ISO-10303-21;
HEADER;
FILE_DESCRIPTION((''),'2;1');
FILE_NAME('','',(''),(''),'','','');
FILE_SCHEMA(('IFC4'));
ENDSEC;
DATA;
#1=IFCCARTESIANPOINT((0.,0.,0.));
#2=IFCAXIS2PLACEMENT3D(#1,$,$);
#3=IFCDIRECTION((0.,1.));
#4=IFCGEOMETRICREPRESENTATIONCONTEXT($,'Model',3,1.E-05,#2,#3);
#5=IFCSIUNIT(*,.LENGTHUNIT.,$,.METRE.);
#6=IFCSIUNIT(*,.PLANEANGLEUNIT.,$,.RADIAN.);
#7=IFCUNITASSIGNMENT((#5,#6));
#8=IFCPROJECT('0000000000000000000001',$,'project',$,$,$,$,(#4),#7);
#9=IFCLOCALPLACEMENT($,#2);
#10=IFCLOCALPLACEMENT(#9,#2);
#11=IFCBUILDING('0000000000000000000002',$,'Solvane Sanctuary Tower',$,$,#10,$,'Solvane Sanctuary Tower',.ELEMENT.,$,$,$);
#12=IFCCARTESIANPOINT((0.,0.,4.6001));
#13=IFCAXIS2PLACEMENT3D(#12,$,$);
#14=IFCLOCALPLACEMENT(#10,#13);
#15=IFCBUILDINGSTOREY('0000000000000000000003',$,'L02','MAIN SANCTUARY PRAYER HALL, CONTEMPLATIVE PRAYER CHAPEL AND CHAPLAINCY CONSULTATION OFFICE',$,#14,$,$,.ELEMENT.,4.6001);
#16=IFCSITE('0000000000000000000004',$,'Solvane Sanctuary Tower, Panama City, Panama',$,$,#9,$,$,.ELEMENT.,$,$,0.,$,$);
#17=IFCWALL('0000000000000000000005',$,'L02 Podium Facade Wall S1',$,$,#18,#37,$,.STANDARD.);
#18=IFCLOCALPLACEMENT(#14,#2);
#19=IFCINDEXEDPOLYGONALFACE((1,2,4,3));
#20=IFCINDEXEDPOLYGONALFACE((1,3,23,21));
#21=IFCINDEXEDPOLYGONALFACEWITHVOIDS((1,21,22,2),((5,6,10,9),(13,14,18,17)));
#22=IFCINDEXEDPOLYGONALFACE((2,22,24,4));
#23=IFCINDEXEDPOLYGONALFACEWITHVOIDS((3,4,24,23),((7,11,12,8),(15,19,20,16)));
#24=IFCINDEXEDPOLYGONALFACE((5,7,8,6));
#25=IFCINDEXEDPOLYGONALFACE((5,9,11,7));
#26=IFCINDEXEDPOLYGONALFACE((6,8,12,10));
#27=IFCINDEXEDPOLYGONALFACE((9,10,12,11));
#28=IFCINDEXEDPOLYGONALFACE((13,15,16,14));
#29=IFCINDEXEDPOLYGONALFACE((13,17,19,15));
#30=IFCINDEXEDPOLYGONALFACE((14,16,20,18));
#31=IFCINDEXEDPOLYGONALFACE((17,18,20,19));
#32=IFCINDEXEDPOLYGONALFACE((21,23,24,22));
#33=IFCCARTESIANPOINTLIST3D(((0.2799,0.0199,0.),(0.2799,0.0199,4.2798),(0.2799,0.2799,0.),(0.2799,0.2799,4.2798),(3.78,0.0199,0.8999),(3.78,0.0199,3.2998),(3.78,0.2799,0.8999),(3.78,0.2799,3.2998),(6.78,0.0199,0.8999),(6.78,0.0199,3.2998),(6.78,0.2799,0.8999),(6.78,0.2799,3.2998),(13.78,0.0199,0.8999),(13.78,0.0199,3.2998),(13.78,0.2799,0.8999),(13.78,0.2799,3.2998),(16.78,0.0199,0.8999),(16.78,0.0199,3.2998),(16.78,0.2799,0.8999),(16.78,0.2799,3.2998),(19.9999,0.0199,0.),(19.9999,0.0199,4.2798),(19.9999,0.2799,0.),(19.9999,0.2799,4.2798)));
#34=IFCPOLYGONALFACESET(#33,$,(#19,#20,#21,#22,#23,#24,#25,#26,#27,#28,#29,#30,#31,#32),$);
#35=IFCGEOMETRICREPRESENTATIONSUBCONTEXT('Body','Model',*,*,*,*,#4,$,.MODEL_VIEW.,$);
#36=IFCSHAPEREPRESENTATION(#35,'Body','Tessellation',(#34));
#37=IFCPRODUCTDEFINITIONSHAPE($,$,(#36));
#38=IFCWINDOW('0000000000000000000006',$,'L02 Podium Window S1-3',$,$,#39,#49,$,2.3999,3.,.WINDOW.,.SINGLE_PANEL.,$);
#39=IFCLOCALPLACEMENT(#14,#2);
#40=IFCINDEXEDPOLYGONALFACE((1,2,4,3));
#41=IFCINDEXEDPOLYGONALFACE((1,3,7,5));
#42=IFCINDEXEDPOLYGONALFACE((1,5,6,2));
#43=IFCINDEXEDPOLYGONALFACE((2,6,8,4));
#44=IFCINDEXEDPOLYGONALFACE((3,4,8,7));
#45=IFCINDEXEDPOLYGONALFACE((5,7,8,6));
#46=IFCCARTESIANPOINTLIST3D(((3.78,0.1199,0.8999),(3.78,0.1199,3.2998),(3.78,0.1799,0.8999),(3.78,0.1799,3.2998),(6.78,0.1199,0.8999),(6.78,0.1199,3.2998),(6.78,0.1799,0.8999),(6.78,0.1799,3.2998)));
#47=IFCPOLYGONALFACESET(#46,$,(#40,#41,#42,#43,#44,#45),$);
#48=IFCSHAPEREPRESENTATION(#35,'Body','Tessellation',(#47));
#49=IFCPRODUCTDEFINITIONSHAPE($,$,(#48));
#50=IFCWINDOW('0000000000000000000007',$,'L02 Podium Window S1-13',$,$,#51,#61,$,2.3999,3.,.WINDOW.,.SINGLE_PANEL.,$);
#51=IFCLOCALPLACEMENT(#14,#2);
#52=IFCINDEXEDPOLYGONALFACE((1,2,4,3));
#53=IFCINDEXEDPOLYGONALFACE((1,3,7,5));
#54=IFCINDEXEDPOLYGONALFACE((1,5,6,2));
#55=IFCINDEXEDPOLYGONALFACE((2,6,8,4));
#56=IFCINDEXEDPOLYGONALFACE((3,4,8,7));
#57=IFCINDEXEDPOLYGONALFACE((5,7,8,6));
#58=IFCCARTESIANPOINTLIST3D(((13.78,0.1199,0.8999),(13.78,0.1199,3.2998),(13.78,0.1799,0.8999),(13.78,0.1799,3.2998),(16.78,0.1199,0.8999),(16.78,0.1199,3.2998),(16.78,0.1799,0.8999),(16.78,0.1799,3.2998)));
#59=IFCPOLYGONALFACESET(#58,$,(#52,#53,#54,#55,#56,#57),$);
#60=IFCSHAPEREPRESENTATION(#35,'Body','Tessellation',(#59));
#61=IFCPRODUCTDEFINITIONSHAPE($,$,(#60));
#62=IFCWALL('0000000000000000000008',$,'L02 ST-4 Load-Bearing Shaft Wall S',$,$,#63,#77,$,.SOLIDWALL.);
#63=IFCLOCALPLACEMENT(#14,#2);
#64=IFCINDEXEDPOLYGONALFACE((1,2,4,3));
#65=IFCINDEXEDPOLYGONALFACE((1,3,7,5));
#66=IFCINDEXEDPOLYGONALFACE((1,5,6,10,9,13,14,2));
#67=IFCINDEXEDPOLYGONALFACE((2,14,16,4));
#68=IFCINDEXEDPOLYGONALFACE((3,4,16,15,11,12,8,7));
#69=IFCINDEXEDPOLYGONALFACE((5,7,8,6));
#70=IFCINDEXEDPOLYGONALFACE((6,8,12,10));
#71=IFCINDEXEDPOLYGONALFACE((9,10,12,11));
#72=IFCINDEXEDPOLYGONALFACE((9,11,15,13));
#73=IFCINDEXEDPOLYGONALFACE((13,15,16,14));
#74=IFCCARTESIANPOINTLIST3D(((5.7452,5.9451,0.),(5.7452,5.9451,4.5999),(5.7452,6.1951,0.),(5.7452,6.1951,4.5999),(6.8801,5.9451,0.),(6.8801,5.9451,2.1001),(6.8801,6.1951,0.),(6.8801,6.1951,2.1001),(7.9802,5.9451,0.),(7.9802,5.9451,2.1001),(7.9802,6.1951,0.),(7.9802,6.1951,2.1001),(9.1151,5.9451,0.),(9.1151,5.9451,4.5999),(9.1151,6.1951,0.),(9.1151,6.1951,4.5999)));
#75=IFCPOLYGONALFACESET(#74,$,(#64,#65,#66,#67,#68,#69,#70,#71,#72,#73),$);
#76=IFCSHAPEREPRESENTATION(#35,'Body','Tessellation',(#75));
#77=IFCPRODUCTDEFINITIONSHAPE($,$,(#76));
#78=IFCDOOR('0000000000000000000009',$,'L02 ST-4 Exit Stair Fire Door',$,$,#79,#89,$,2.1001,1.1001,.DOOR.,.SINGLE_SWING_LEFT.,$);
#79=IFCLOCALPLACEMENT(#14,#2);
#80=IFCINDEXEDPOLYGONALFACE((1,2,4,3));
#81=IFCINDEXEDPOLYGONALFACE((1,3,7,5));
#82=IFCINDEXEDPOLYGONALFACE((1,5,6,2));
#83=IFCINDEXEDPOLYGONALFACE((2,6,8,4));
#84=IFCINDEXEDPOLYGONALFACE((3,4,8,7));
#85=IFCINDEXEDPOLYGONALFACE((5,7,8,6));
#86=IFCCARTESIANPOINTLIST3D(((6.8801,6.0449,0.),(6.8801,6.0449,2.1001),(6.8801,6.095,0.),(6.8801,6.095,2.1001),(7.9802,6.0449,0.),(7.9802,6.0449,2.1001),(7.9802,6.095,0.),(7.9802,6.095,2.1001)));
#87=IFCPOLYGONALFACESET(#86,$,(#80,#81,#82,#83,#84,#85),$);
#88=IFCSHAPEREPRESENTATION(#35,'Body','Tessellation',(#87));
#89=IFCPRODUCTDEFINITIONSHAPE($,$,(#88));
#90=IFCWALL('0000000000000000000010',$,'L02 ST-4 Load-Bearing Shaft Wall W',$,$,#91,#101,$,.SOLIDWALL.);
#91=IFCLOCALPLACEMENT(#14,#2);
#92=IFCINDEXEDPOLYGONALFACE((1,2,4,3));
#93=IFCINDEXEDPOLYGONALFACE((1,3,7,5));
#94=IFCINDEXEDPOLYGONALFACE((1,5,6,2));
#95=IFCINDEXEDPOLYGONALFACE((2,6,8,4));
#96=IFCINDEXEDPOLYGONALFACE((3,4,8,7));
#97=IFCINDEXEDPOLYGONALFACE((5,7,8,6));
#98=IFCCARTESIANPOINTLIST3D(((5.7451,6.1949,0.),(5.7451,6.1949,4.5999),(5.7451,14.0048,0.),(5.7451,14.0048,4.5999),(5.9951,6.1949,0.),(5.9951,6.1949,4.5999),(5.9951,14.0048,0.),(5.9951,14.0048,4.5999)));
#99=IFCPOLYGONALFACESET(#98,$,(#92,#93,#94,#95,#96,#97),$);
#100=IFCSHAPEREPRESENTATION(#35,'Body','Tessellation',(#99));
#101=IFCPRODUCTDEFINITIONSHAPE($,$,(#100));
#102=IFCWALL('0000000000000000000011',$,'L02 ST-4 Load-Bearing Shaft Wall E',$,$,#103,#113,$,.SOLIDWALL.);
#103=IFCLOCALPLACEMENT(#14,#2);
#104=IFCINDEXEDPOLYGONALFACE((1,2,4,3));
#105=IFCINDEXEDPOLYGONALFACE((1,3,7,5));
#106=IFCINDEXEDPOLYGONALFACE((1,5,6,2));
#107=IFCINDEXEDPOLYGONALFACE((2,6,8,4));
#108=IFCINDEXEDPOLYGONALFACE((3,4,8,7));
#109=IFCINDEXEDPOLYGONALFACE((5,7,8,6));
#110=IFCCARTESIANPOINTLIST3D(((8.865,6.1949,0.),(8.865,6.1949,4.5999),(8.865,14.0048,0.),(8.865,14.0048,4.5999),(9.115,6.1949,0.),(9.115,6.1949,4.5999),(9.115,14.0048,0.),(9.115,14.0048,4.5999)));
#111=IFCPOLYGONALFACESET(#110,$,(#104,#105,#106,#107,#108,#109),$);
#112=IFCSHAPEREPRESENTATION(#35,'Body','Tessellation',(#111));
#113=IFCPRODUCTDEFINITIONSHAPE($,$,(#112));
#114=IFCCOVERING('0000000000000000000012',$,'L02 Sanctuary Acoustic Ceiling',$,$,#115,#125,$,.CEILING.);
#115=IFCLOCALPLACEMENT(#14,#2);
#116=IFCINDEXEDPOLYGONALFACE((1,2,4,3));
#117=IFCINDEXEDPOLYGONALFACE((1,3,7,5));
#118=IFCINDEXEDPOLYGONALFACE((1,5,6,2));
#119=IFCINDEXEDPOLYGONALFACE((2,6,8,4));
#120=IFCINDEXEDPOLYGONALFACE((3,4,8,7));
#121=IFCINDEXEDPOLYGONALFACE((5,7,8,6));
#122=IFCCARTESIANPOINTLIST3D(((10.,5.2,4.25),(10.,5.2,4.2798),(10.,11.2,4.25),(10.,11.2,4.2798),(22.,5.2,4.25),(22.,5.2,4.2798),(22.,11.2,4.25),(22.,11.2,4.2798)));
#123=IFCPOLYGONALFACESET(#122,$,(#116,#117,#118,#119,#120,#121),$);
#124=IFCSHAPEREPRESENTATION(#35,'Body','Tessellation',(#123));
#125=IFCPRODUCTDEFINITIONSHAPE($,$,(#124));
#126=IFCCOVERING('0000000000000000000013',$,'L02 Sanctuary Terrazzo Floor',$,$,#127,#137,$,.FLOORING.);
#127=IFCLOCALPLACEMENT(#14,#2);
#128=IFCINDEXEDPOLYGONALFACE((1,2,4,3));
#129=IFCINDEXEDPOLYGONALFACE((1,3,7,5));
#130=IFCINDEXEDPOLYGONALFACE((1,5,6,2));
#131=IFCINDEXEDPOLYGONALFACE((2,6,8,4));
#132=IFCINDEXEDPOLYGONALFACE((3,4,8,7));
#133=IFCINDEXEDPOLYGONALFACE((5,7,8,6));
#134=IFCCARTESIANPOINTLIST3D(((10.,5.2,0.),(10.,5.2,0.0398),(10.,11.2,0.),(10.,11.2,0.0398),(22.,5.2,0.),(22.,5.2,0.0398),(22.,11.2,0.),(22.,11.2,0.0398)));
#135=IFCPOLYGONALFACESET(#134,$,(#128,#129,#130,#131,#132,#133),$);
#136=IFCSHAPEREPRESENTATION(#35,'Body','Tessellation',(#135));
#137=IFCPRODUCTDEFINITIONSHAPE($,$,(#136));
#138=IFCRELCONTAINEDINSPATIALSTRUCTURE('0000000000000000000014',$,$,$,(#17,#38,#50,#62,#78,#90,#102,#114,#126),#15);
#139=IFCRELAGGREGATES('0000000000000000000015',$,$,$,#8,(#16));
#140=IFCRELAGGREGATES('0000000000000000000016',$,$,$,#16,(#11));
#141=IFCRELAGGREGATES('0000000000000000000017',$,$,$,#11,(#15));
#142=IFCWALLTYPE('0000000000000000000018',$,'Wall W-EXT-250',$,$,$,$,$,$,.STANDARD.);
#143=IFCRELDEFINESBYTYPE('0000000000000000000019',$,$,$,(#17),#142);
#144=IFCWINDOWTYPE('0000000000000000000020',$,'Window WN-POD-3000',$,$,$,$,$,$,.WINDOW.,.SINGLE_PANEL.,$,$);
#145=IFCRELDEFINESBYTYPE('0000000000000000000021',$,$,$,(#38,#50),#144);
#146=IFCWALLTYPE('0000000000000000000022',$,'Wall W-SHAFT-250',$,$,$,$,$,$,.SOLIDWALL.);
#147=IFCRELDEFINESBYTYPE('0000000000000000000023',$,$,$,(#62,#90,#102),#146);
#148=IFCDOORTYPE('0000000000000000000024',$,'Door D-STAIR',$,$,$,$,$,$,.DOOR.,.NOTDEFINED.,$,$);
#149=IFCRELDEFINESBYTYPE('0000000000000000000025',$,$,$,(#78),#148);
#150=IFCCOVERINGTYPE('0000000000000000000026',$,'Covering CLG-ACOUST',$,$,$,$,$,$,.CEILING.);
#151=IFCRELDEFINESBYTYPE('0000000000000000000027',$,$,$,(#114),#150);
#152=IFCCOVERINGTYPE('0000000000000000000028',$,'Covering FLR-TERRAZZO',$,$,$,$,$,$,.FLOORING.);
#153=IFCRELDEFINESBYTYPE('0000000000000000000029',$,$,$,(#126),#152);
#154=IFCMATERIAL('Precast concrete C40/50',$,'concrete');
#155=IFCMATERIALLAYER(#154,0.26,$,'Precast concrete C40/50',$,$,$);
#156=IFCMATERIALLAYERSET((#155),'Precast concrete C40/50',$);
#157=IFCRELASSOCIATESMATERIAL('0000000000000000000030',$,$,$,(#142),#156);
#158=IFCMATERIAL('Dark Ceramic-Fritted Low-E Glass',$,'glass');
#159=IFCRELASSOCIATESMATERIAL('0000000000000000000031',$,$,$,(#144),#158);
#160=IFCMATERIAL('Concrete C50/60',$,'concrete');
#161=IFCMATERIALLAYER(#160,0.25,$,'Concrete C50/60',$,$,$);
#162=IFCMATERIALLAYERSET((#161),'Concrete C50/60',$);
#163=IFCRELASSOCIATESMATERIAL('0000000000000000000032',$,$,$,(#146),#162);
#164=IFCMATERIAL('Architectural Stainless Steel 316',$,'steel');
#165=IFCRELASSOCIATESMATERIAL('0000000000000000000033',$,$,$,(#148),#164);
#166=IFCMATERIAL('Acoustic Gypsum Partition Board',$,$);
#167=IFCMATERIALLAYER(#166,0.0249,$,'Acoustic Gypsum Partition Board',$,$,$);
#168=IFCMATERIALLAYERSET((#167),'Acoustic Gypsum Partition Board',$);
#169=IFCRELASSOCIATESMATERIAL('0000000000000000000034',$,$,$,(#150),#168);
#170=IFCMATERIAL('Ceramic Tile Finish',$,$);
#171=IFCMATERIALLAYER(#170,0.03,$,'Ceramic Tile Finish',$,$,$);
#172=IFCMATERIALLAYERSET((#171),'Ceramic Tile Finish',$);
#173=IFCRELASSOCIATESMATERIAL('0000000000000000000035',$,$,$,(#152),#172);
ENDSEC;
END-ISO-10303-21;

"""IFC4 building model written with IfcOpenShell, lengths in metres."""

from ifc_helpers import new_model, si_unit, direction, frame, frame_2d, origin, place, context, subcontext, project, spatial, polyline, rectangle, outline, extrude, material, layer, layer_set, type_object, element, fill, save


model = new_model("IFC4")

# Units and contexts
model_context = context("Model", 3, precision=1e-05, world=origin(), true_north=direction((0.0, 1.0)))
body_context = subcontext(model_context, "Body", "Model", "MODEL_VIEW")
ifc_project = project(units=[si_unit("LENGTHUNIT", "METRE"), si_unit("PLANEANGLEUNIT", "RADIAN")], contexts=[model_context])

# Site, building, storey
site_placement = place(None, origin())
site = spatial("IfcSite", under=ifc_project, at=site_placement, Name="Solvane Sanctuary Tower, Panama City, Panama", CompositionType="ELEMENT", RefElevation=0.0)
building_placement = place(site_placement, origin())
building = spatial("IfcBuilding", under=site, at=building_placement, Name="Solvane Sanctuary Tower", LongName="Solvane Sanctuary Tower", CompositionType="ELEMENT")
storey_placement = place(building_placement, frame((0.0, 0.0, 4.6001)))
storey = spatial("IfcBuildingStorey", under=building, at=storey_placement, Name="L02", Description="MAIN SANCTUARY PRAYER HALL, CONTEMPLATIVE PRAYER CHAPEL AND CHAPLAINCY CONSULTATION OFFICE", CompositionType="ELEMENT", Elevation=4.6001)

# Shared definitions
ifc_material_1 = material(Name="Concrete C50/60", Category="concrete")

# Shared definitions
ifc_material_2 = material(Name="Acoustic Gypsum Partition Board")

# Wall, openings, windows
ifc_material_3 = material(Name="Precast concrete C40/50", Category="concrete")
ifc_layer_1 = layer(ifc_material_3, 0.26, Name="Precast concrete C40/50")
ifc_layer_set_1 = layer_set([ifc_layer_1], Name="Precast concrete C40/50")
wall_type_1 = type_object("IfcWallType", Name="Wall W-EXT-250", PredefinedType="STANDARD", material=ifc_layer_set_1)
wall_1_placement = place(storey_placement, frame((0.28, 0.1499, 0.0), z_axis=(0.0, 0.0, 1.0), x_axis=(1.0, 0.0, 0.0)))
wall_1 = element("IfcWall", 1, at=wall_1_placement, inside=storey, type_object=wall_type_1, Name="L02 Podium Facade Wall S1", PredefinedType="STANDARD", context=body_context, shape_type="SweptSolid", body=[
    extrude(rectangle(XDim=19.72, YDim=0.26, at=frame_2d((9.8599, 0.0))), origin(), (0.0, 0.0, 1.0), 4.2798),
])
opening_1_placement = place(wall_1_placement, frame((3.5, 0.0, 0.8999)))
opening_1 = element("IfcOpeningElement", 2, at=opening_1_placement, cuts=wall_1, PredefinedType="OPENING", context=body_context, shape_type="SweptSolid", body=[
    extrude(rectangle(XDim=3.0, YDim=2.3999, at=frame_2d((1.5, 1.2))), frame((0.0, 0.1399, 0.0), z_axis=(0.0, -1.0, 0.0), x_axis=(1.0, 0.0, 0.0)), (0.0, 0.0, 1.0), 0.28),
])
opening_2_placement = place(wall_1_placement, frame((13.5, 0.0, 0.8999)))
opening_2 = element("IfcOpeningElement", 3, at=opening_2_placement, cuts=wall_1, PredefinedType="OPENING", context=body_context, shape_type="SweptSolid", body=[
    extrude(rectangle(XDim=3.0, YDim=2.3999, at=frame_2d((1.5, 1.2))), frame((0.0, 0.1399, 0.0), z_axis=(0.0, -1.0, 0.0), x_axis=(1.0, 0.0, 0.0)), (0.0, 0.0, 1.0), 0.28),
])
ifc_material_4 = material(Name="Dark Ceramic-Fritted Low-E Glass", Category="glass")
window_type = type_object("IfcWindowType", Name="Window WN-POD-3000", PartitioningType="SINGLE_PANEL", PredefinedType="WINDOW", material=ifc_material_4)
window_1_placement = place(opening_1_placement, origin())
window_1 = element("IfcWindow", 4, at=window_1_placement, inside=storey, type_object=window_type, Name="L02 Podium Window S1-3", OverallHeight=2.3999, OverallWidth=3.0, PartitioningType="SINGLE_PANEL", PredefinedType="WINDOW", context=body_context, shape_type="SweptSolid", body=[
    extrude(rectangle(XDim=3.0, YDim=2.3999, at=frame_2d((1.5, 1.2))), frame((0.0, 0.03, 0.0), z_axis=(0.0, -1.0, 0.0), x_axis=(1.0, 0.0, 0.0)), (0.0, 0.0, 1.0), 0.0601),
])
fill(opening_1, window_1)
window_2_placement = place(opening_2_placement, origin())
window_2 = element("IfcWindow", 5, at=window_2_placement, inside=storey, type_object=window_type, Name="L02 Podium Window S1-13", OverallHeight=2.3999, OverallWidth=3.0, PartitioningType="SINGLE_PANEL", PredefinedType="WINDOW", context=body_context, shape_type="SweptSolid", body=[
    extrude(rectangle(XDim=3.0, YDim=2.3999, at=frame_2d((1.5, 1.2))), frame((0.0, 0.03, 0.0), z_axis=(0.0, -1.0, 0.0), x_axis=(1.0, 0.0, 0.0)), (0.0, 0.0, 1.0), 0.0601),
])
fill(opening_2, window_2)

# Wall, opening, door
ifc_layer_2 = layer(ifc_material_1, 0.25, Name="Concrete C50/60")
ifc_layer_set_2 = layer_set([ifc_layer_2], Name="Concrete C50/60")
wall_type_2 = type_object("IfcWallType", Name="Wall W-SHAFT-250", PredefinedType="SOLIDWALL", material=ifc_layer_set_2)
wall_2_placement = place(storey_placement, frame((5.7451, 6.0701, 0.0), z_axis=(0.0, 0.0, 1.0), x_axis=(1.0, 0.0, 0.0)))
wall_2 = element("IfcWall", 6, at=wall_2_placement, inside=storey, type_object=wall_type_2, Name="L02 ST-4 Load-Bearing Shaft Wall S", PredefinedType="SOLIDWALL", context=body_context, shape_type="SweptSolid", body=[
    extrude(rectangle(XDim=3.3699, YDim=0.25, at=frame_2d((1.6851, 0.0))), origin(), (0.0, 0.0, 1.0), 4.5999),
])
opening_3_placement = place(wall_2_placement, frame((1.135, 0.0, 0.0)))
opening_3 = element("IfcOpeningElement", 7, at=opening_3_placement, cuts=wall_2, PredefinedType="OPENING", context=body_context, shape_type="SweptSolid", body=[
    extrude(rectangle(XDim=1.1001, YDim=2.1001, at=frame_2d((0.55, 1.05))), frame((0.0, 0.135, 0.0), z_axis=(0.0, -1.0, 0.0), x_axis=(1.0, 0.0, 0.0)), (0.0, 0.0, 1.0), 0.27),
])
ifc_material_5 = material(Name="Architectural Stainless Steel 316", Category="steel")
door_type = type_object("IfcDoorType", Name="Door D-STAIR", OperationType="NOTDEFINED", PredefinedType="DOOR", material=ifc_material_5)
door_placement = place(opening_3_placement, origin())
door = element("IfcDoor", 8, at=door_placement, inside=storey, type_object=door_type, Name="L02 ST-4 Exit Stair Fire Door", OperationType="SINGLE_SWING_LEFT", OverallHeight=2.1001, OverallWidth=1.1001, PredefinedType="DOOR", context=body_context, shape_type="SweptSolid", body=[
    extrude(rectangle(XDim=1.1001, YDim=2.1001, at=frame_2d((0.55, 1.05))), frame((0.0, 0.0249, 0.0), z_axis=(0.0, -1.0, 0.0), x_axis=(1.0, 0.0, 0.0)), (0.0, 0.0, 1.0), 0.05),
])
fill(opening_3, door)

# Walls
for number, where, z_axis, x_axis, name in (
    (9, (5.8701, 6.1951, 0.0), (0.0, 0.0, 1.0), (0.0, 1.0, 0.0), "L02 ST-4 Load-Bearing Shaft Wall W"),
    (10, (8.99, 6.1951, 0.0), (0.0, 0.0, 1.0), (0.0, 1.0, 0.0), "L02 ST-4 Load-Bearing Shaft Wall E"),
):
    element("IfcWall", number, at=place(storey_placement, frame(where, z_axis=z_axis, x_axis=x_axis)), inside=storey, type_object=wall_type_2, Name=name, PredefinedType="SOLIDWALL", context=body_context, shape_type="SweptSolid", body=[
        extrude(rectangle(XDim=7.8098, YDim=0.25, at=frame_2d((3.9048, 0.0))), origin(), (0.0, 0.0, 1.0), 4.5999),
    ])

# Coverings
ifc_layer_3 = layer(ifc_material_2, 0.0249, Name="Acoustic Gypsum Partition Board")
ifc_layer_set_3 = layer_set([ifc_layer_3], Name="Acoustic Gypsum Partition Board")
covering_type_1 = type_object("IfcCoveringType", Name="Covering CLG-ACOUST", PredefinedType="CEILING", material=ifc_layer_set_3)
covering_1_placement = place(storey_placement, frame((0.0, 0.0, 4.25)))
element("IfcCovering", 11, at=covering_1_placement, inside=storey, type_object=covering_type_1, Name="L02 Sanctuary Acoustic Ceiling", PredefinedType="CEILING", context=body_context, shape_type="SweptSolid", body=[
    extrude(outline(polyline([(10.0, 5.2), (22.0, 5.2), (22.0, 11.2), (10.0, 11.2), (10.0, 5.2)])), origin(), (0.0, 0.0, 1.0), 0.0298),
])
ifc_material_6 = material(Name="Ceramic Tile Finish")
ifc_layer_4 = layer(ifc_material_6, 0.03, Name="Ceramic Tile Finish")
ifc_layer_set_4 = layer_set([ifc_layer_4], Name="Ceramic Tile Finish")
covering_type_2 = type_object("IfcCoveringType", Name="Covering FLR-TERRAZZO", PredefinedType="FLOORING", material=ifc_layer_set_4)
covering_2_placement = place(storey_placement, origin())
element("IfcCovering", 12, at=covering_2_placement, inside=storey, type_object=covering_type_2, Name="L02 Sanctuary Terrazzo Floor", PredefinedType="FLOORING", context=body_context, shape_type="SweptSolid", body=[
    extrude(outline(polyline([(10.0, 5.2), (22.0, 5.2), (22.0, 11.2), (10.0, 11.2), (10.0, 5.2)])), origin(), (0.0, 0.0, 1.0), 0.0398),
])

save(model, "model.ifc")
